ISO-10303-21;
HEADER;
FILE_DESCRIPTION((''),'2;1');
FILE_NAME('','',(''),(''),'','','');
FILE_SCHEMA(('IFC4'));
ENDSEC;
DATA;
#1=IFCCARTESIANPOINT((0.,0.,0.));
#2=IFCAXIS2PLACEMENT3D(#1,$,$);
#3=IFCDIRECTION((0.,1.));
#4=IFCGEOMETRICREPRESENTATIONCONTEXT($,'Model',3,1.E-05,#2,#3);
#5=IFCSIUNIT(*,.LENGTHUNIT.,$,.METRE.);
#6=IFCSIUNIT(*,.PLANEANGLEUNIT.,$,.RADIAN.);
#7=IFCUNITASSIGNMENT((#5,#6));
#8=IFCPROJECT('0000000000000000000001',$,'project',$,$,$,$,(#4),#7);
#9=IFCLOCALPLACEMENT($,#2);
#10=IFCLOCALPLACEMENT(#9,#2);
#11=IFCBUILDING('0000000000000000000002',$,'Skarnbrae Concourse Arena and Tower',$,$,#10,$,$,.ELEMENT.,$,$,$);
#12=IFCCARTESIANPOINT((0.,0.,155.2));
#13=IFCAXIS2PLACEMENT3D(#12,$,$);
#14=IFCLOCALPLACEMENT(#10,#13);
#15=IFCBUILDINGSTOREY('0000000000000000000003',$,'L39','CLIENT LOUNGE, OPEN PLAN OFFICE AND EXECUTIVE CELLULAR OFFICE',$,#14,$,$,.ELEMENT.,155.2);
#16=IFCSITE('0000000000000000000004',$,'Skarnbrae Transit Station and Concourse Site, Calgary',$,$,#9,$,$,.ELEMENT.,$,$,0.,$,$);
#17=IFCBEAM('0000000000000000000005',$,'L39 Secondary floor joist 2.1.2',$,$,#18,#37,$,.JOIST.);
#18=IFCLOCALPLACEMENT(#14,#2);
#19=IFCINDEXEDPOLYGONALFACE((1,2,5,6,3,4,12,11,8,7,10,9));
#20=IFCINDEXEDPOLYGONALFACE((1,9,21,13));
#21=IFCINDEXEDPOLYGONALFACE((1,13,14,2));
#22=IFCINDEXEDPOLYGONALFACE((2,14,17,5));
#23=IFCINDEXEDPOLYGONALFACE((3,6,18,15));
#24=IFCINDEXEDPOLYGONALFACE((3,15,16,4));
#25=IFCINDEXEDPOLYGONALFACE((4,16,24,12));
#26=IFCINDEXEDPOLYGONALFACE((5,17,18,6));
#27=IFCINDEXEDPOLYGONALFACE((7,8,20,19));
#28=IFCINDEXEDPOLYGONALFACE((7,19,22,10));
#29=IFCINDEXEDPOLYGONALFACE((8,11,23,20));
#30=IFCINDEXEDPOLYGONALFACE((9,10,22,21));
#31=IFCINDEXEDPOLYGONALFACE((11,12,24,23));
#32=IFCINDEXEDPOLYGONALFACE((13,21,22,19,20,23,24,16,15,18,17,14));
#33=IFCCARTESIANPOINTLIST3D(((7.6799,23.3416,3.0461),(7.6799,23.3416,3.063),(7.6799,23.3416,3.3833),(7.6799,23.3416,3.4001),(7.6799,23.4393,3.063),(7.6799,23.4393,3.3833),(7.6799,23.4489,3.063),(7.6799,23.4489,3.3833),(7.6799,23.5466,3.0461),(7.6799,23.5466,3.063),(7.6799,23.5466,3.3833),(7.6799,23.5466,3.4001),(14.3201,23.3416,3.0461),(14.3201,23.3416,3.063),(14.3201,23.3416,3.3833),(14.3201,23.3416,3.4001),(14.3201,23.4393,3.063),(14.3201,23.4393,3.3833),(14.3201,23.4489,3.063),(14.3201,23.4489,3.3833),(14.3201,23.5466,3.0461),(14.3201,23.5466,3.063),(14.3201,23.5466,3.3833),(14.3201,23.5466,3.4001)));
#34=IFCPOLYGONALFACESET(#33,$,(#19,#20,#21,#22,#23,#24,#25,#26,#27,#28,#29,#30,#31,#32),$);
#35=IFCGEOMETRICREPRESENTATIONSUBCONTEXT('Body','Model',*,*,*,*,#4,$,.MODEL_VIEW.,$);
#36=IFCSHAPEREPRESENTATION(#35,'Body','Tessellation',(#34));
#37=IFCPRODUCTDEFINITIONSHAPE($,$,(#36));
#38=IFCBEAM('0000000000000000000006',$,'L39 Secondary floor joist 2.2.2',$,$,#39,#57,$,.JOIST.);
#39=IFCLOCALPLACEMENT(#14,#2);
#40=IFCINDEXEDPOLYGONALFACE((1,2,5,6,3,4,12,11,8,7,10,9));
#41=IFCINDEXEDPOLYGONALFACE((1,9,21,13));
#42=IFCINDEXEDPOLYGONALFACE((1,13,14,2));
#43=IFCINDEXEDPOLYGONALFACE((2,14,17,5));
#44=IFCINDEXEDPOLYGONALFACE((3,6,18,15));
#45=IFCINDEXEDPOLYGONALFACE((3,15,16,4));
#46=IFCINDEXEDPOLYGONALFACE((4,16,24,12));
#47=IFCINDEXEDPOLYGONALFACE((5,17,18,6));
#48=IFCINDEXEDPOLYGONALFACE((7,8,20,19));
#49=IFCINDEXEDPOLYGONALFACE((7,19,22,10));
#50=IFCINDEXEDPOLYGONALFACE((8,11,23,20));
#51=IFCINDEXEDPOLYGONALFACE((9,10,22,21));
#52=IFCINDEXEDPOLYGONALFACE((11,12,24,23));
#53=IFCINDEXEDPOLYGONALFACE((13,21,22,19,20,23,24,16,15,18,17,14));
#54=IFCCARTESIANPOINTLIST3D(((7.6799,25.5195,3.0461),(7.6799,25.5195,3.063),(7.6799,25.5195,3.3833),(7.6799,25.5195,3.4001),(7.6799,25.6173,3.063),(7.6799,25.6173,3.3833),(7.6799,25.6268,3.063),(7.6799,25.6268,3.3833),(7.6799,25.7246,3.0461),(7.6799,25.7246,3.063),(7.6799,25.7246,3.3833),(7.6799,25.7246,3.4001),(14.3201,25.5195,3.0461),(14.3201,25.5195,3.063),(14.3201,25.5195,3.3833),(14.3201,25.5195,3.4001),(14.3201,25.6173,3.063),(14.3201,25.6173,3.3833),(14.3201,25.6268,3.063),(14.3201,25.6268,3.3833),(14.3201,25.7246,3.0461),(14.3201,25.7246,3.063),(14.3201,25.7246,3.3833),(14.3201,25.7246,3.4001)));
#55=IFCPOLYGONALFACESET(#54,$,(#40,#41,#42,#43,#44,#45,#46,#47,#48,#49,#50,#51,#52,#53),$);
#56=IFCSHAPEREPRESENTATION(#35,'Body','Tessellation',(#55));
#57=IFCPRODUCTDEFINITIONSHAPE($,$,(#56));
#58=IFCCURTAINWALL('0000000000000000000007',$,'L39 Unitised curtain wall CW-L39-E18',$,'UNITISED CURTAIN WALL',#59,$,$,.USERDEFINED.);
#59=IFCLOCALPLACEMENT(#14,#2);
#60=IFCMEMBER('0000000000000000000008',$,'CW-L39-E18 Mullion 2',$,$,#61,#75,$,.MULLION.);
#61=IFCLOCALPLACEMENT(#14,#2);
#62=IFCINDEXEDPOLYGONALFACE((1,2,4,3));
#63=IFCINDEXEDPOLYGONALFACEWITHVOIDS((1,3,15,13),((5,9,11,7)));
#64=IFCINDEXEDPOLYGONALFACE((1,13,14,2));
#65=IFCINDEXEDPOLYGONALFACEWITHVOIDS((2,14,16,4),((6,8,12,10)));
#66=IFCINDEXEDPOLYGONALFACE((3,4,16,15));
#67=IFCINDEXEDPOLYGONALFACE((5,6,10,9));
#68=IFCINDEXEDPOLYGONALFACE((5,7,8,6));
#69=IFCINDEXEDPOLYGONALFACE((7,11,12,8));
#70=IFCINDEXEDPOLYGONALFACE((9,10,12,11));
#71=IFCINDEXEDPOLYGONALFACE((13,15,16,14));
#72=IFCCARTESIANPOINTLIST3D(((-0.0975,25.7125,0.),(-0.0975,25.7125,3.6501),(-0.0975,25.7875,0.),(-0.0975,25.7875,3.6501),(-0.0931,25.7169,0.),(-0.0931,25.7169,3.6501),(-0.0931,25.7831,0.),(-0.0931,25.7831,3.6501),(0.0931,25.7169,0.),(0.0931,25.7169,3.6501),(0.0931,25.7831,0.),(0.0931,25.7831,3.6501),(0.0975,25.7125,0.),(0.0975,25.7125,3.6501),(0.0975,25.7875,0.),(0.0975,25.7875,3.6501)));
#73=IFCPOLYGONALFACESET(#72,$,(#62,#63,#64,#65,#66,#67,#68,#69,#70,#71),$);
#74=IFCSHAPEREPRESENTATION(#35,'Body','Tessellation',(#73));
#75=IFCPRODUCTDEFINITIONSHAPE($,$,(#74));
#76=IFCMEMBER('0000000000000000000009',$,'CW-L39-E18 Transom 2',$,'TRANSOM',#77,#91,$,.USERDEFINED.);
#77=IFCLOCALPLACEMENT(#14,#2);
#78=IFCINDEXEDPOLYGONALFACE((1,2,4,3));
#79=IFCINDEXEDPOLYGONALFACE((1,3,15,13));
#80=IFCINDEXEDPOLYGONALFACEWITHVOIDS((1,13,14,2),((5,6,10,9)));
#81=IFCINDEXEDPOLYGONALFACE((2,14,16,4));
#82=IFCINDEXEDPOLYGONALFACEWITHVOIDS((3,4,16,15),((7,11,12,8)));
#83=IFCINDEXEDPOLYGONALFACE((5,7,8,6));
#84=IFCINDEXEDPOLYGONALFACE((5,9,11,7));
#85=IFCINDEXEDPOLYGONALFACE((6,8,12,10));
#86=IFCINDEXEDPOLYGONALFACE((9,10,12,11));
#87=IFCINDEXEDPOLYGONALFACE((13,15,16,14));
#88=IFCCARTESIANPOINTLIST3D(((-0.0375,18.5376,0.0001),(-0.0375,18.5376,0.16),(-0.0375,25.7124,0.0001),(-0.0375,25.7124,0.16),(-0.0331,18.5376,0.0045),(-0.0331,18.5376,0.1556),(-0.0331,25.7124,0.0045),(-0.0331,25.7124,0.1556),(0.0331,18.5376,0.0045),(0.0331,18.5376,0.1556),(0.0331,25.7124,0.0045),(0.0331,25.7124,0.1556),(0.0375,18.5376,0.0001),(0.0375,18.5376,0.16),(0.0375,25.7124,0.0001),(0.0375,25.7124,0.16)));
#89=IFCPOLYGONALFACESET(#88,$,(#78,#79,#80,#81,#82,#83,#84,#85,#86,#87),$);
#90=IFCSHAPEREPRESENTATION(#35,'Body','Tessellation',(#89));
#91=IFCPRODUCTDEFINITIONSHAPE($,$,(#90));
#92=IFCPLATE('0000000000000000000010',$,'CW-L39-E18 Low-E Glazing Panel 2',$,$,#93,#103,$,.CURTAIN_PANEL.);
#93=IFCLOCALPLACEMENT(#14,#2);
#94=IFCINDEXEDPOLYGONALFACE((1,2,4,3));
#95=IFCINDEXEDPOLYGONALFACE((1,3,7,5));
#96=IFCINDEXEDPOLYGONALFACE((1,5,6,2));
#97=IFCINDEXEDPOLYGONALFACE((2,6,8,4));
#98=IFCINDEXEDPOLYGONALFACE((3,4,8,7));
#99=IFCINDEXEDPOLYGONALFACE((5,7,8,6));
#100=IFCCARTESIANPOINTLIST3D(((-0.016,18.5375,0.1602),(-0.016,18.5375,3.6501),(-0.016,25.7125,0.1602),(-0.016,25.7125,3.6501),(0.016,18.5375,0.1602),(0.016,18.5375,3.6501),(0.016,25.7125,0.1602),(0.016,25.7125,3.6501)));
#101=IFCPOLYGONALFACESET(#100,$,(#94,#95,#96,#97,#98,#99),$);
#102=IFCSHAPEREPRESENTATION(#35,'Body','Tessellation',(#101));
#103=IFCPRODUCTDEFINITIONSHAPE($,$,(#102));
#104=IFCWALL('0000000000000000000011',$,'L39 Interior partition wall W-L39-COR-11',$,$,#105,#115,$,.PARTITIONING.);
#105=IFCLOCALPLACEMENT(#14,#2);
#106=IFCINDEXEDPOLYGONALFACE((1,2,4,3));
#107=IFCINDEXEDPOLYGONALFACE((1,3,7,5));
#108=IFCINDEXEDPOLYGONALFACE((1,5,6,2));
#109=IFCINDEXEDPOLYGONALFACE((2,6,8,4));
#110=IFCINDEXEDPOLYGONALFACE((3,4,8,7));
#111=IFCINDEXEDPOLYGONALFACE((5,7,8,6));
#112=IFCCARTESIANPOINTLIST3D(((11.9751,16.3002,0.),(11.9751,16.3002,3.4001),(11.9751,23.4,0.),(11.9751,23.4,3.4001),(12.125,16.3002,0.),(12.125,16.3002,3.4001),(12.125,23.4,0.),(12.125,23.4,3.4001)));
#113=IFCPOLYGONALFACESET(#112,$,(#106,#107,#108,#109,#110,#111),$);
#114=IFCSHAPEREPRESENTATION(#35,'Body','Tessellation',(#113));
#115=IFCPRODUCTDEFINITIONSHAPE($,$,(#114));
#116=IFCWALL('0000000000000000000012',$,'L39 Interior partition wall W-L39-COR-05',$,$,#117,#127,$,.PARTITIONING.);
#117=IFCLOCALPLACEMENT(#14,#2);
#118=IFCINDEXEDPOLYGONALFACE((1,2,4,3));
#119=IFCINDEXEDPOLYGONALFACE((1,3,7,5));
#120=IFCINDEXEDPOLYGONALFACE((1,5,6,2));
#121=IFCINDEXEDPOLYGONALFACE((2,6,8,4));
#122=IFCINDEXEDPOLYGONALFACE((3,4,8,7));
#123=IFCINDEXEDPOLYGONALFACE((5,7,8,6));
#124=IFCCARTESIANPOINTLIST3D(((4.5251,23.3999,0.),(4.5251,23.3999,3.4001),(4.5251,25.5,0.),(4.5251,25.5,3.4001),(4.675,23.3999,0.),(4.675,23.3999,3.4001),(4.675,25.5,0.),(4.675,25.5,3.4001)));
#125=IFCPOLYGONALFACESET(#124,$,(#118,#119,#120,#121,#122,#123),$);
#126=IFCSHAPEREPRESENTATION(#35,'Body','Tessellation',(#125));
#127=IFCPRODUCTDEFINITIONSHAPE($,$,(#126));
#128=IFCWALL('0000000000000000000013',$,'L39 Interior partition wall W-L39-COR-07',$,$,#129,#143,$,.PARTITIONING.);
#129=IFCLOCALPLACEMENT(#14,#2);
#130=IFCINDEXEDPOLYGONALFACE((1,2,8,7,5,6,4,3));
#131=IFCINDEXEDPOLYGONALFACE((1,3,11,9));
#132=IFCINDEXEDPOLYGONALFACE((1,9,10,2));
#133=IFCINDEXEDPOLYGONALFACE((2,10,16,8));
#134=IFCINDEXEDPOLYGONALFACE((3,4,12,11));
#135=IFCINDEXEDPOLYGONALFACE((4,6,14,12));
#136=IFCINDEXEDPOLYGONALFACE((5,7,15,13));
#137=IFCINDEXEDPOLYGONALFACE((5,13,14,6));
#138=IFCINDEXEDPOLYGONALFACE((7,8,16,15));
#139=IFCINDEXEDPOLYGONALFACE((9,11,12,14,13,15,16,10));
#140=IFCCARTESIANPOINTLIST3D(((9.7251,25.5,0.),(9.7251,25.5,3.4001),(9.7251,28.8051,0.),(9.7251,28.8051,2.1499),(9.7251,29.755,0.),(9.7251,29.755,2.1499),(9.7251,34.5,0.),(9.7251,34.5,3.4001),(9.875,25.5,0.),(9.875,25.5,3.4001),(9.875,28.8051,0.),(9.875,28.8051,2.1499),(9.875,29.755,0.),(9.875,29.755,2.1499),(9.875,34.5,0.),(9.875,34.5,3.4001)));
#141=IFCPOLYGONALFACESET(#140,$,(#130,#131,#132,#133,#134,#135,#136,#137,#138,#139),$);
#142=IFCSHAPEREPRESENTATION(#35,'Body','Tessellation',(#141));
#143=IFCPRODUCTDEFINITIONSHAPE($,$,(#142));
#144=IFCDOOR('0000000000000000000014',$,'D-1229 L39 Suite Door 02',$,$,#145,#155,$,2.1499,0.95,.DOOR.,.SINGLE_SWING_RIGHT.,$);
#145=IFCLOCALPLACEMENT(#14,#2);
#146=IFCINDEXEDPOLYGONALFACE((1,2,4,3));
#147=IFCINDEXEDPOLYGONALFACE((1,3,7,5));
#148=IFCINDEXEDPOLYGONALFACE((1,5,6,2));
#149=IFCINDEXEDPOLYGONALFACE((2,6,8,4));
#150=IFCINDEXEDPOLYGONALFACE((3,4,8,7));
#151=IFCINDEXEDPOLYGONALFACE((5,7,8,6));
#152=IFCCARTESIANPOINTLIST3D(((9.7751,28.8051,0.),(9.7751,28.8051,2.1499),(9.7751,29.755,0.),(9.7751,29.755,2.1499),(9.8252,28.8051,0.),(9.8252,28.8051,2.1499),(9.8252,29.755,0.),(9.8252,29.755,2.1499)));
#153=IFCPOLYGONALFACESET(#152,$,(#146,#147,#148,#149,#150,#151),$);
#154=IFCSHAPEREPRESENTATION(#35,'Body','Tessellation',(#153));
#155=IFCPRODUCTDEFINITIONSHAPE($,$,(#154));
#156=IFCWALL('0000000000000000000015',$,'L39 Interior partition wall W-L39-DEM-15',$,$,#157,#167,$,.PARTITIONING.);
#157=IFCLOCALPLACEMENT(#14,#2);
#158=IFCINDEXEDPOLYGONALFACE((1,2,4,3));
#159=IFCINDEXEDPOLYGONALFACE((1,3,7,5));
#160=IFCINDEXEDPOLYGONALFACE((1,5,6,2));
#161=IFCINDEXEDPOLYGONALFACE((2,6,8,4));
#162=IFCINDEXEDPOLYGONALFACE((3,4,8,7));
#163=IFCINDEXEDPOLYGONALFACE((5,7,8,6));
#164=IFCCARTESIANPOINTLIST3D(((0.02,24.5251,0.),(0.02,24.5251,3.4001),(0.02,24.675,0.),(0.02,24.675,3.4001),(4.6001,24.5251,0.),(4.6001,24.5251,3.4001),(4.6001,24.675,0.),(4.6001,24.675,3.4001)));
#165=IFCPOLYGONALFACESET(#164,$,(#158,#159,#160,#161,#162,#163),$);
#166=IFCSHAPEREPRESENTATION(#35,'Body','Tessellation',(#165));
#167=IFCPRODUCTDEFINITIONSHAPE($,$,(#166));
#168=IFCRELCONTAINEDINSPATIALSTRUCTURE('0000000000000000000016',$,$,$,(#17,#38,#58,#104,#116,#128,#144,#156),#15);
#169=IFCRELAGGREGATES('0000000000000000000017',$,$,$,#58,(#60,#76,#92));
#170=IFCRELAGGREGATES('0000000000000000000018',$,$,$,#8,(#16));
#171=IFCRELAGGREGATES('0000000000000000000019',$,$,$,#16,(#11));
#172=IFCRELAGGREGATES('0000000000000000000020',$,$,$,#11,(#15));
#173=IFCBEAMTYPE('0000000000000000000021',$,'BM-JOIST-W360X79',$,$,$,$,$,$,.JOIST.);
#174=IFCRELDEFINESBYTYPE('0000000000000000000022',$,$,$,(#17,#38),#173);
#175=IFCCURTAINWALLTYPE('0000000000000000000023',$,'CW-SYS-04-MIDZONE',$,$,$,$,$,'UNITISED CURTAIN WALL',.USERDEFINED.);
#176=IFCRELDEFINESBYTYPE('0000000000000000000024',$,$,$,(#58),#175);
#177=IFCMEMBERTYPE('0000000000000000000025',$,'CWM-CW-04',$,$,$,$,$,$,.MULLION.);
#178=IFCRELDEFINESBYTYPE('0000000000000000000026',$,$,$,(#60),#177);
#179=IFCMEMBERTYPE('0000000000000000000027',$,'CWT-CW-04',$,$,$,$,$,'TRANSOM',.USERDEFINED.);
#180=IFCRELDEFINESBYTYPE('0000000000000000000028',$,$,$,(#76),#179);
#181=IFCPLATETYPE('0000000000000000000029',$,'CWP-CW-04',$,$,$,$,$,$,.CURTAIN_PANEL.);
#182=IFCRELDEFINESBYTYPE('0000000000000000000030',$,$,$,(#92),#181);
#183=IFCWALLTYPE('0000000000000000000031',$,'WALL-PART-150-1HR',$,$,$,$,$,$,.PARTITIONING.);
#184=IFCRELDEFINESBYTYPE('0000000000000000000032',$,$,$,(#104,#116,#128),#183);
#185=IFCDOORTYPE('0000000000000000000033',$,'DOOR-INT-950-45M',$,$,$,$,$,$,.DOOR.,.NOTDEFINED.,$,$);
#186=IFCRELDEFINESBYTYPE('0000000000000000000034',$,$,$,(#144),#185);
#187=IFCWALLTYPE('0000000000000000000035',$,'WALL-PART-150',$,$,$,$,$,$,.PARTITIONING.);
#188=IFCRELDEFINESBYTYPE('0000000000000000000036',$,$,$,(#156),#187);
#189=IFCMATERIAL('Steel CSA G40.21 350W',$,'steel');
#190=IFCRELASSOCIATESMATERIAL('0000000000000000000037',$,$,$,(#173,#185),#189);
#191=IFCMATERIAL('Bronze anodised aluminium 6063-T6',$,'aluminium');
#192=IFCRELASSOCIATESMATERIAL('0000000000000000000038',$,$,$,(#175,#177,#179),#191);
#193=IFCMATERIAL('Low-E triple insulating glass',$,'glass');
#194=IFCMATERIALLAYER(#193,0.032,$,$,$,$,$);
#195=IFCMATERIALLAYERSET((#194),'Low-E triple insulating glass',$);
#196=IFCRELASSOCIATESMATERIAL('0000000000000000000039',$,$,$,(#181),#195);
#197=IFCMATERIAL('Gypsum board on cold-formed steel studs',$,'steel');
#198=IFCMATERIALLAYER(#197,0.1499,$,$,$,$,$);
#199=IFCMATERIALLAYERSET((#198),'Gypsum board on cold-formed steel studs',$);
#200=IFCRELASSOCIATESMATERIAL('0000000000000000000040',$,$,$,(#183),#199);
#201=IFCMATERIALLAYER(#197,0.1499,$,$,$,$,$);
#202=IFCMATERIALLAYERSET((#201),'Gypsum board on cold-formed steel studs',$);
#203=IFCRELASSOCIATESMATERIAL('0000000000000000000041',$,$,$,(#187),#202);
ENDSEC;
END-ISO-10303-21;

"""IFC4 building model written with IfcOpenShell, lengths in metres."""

from ifc_helpers import new_model, si_unit, direction, frame, frame_2d, origin, origin_2d, place, context, subcontext, project, spatial, rectangle, hollow_rectangle, i_section, extrude, source, transform, mapped, material, layer, layer_set, material_profile, profile_set, type_object, element, fill, aggregate, save


model = new_model("IFC4")

# Units and contexts
model_context = context("Model", 3, precision=1e-05, world=origin(), true_north=direction((0.0, 1.0)))
body_context = subcontext(model_context, "Body", "Model", "MODEL_VIEW")
ifc_project = project(units=[si_unit("LENGTHUNIT", "METRE"), si_unit("PLANEANGLEUNIT", "RADIAN")], contexts=[model_context])

# Site, building, storey
site_placement = place(None, origin())
site = spatial("IfcSite", under=ifc_project, at=site_placement, Name="Skarnbrae Transit Station and Concourse Site, Calgary", CompositionType="ELEMENT", RefElevation=0.0)
building_placement = place(site_placement, origin())
building = spatial("IfcBuilding", under=site, at=building_placement, Name="Skarnbrae Concourse Arena and Tower", CompositionType="ELEMENT")
storey_placement = place(building_placement, frame((0.0, 0.0, 155.2)))
storey = spatial("IfcBuildingStorey", under=building, at=storey_placement, Name="L39", Description="CLIENT LOUNGE, OPEN PLAN OFFICE AND EXECUTIVE CELLULAR OFFICE", CompositionType="ELEMENT", Elevation=155.2)

# Shared definitions
ifc_material_1 = material(Name="Steel CSA G40.21 350W", Category="steel")

# Beams
ifc_material_profile_1 = material_profile(ifc_material_1, i_section(OverallWidth=0.2051, OverallDepth=0.354, WebThickness=0.0095, FlangeThickness=0.0168, at=origin_2d()), Name="W360X79")
ifc_profile_set_1 = profile_set([ifc_material_profile_1], Name="Steel CSA G40.21 350W")
beam_type_1 = type_object("IfcBeamType", Name="BM-JOIST-W360X79", PredefinedType="JOIST", material=ifc_profile_set_1)
shared_shape_1 = source(origin(), body_context, "Body", "SweptSolid", [
    extrude(i_section(OverallWidth=0.2051, OverallDepth=0.354, WebThickness=0.0095, FlangeThickness=0.0168, at=origin_2d()), origin(), (0.0, 0.0, 1.0), 6.6401),
])
for number, where, z_axis, x_axis, name in (
    (1, (7.6799, 23.4441, 3.2231), (1.0, 0.0, 0.0), (0.0, 1.0, 0.0), "L39 Secondary floor joist 2.1.2"),
    (2, (7.6799, 25.6221, 3.2231), (1.0, 0.0, 0.0), (0.0, 1.0, 0.0), "L39 Secondary floor joist 2.2.2"),
):
    element("IfcBeam", number, at=place(storey_placement, frame(where, z_axis=z_axis, x_axis=x_axis)), inside=storey, type_object=beam_type_1, Name=name, PredefinedType="JOIST", context=body_context, shape_type="MappedRepresentation", body=[
        mapped(shared_shape_1, transform((0.0, 0.0, 0.0))),
    ])

# Curtain wall, members, plate
ifc_material_2 = material(Name="Bronze anodised aluminium 6063-T6", Category="aluminium")
curtain_wall_type = type_object("IfcCurtainWallType", Name="CW-SYS-04-MIDZONE", ElementType="UNITISED CURTAIN WALL", PredefinedType="USERDEFINED", material=ifc_material_2)
curtain_wall_placement = place(storey_placement, origin())
curtain_wall = element("IfcCurtainWall", 3, at=curtain_wall_placement, inside=storey, type_object=curtain_wall_type, Name="L39 Unitised curtain wall CW-L39-E18", ObjectType="UNITISED CURTAIN WALL", PredefinedType="USERDEFINED")
ifc_material_profile_2 = material_profile(ifc_material_2, hollow_rectangle(XDim=0.075, YDim=0.1951, WallThickness=0.0044, at=origin_2d()), Name="ALU-MULL-75X195")
ifc_profile_set_2 = profile_set([ifc_material_profile_2], Name="Bronze anodised aluminium 6063-T6")
member_type_1 = type_object("IfcMemberType", Name="CWM-CW-04", PredefinedType="MULLION", material=ifc_profile_set_2)
shared_shape_2 = source(origin(), body_context, "Body", "SweptSolid", [
    extrude(hollow_rectangle(XDim=0.075, YDim=0.1951, WallThickness=0.0044, at=origin_2d()), origin(), (0.0, 0.0, 1.0), 3.6501),
])
member_1_placement = place(storey_placement, frame((0.0, 25.75, 0.0), z_axis=(0.0, 0.0, 1.0), x_axis=(0.0, -1.0, 0.0)))
member_1 = element("IfcMember", 4, at=member_1_placement, type_object=member_type_1, Name="CW-L39-E18 Mullion 2", PredefinedType="MULLION", context=body_context, shape_type="MappedRepresentation", body=[
    mapped(shared_shape_2, transform((0.0, 0.0, 0.0))),
])
ifc_material_profile_3 = material_profile(ifc_material_2, hollow_rectangle(XDim=0.075, YDim=0.1599, WallThickness=0.0044, at=origin_2d()), Name="ALU-TRAN-75X160")
ifc_profile_set_3 = profile_set([ifc_material_profile_3], Name="Bronze anodised aluminium 6063-T6")
member_type_2 = type_object("IfcMemberType", Name="CWT-CW-04", ElementType="TRANSOM", PredefinedType="USERDEFINED", material=ifc_profile_set_3)
shared_shape_3 = source(origin(), body_context, "Body", "SweptSolid", [
    extrude(hollow_rectangle(XDim=0.075, YDim=0.1599, WallThickness=0.0044, at=origin_2d()), origin(), (0.0, 0.0, 1.0), 7.1748),
])
member_2_placement = place(storey_placement, frame((0.0, 25.7124, 0.0801), z_axis=(0.0, -1.0, 0.0), x_axis=(1.0, 0.0, 0.0)))
member_2 = element("IfcMember", 5, at=member_2_placement, type_object=member_type_2, Name="CW-L39-E18 Transom 2", ObjectType="TRANSOM", PredefinedType="USERDEFINED", context=body_context, shape_type="MappedRepresentation", body=[
    mapped(shared_shape_3, transform((0.0, 0.0, 0.0))),
])
ifc_material_3 = material(Name="Low-E triple insulating glass", Category="glass")
ifc_layer_1 = layer(ifc_material_3, 0.032)
ifc_layer_set_1 = layer_set([ifc_layer_1], Name="Low-E triple insulating glass")
plate_type = type_object("IfcPlateType", Name="CWP-CW-04", PredefinedType="CURTAIN_PANEL", material=ifc_layer_set_1)
shared_shape_4 = source(origin(), body_context, "Body", "SweptSolid", [
    extrude(rectangle(XDim=7.175, YDim=0.032, at=origin_2d()), origin(), (0.0, 0.0, 1.0), 3.49),
])
plate_placement = place(storey_placement, frame((0.0, 22.125, 0.1602), z_axis=(0.0, 0.0, 1.0), x_axis=(0.0, -1.0, 0.0)))
plate = element("IfcPlate", 6, at=plate_placement, type_object=plate_type, Name="CW-L39-E18 Low-E Glazing Panel 2", PredefinedType="CURTAIN_PANEL", context=body_context, shape_type="MappedRepresentation", body=[
    mapped(shared_shape_4, transform((0.0, 0.0, 0.0))),
])
aggregate(curtain_wall, [member_1, member_2, plate])

# Walls
ifc_material_4 = material(Name="Gypsum board on cold-formed steel studs", Category="steel")
ifc_layer_2 = layer(ifc_material_4, 0.1499)
ifc_layer_set_2 = layer_set([ifc_layer_2], Name="Gypsum board on cold-formed steel studs")
wall_type_1 = type_object("IfcWallType", Name="WALL-PART-150-1HR", PredefinedType="PARTITIONING", material=ifc_layer_set_2)
shared_shape_5 = source(origin(), body_context, "Body", "SweptSolid", [
    extrude(rectangle(XDim=7.0999, YDim=0.1499, at=frame_2d((3.5498, 0.0))), origin(), (0.0, 0.0, 1.0), 3.4001),
])
wall_1_placement = place(storey_placement, frame((12.05, 23.3999, 0.0), z_axis=(0.0, 0.0, 1.0), x_axis=(0.0, -1.0, 0.0)))
element("IfcWall", 7, at=wall_1_placement, inside=storey, type_object=wall_type_1, Name="L39 Interior partition wall W-L39-COR-11", PredefinedType="PARTITIONING", context=body_context, shape_type="MappedRepresentation", body=[
    mapped(shared_shape_5, transform((0.0, 0.0, 0.0))),
])
shared_shape_6 = source(origin(), body_context, "Body", "SweptSolid", [
    extrude(rectangle(XDim=2.1001, YDim=0.1499, at=frame_2d((1.05, 0.0))), origin(), (0.0, 0.0, 1.0), 3.4001),
])
wall_2_placement = place(storey_placement, frame((4.6001, 23.3999, 0.0), z_axis=(0.0, 0.0, 1.0), x_axis=(0.0, 1.0, 0.0)))
element("IfcWall", 8, at=wall_2_placement, inside=storey, type_object=wall_type_1, Name="L39 Interior partition wall W-L39-COR-05", PredefinedType="PARTITIONING", context=body_context, shape_type="MappedRepresentation", body=[
    mapped(shared_shape_6, transform((0.0, 0.0, 0.0))),
])

# Wall, opening, door
shared_shape_7 = source(origin(), body_context, "Body", "SweptSolid", [
    extrude(rectangle(XDim=9.0, YDim=0.1499, at=frame_2d((4.5, 0.0))), origin(), (0.0, 0.0, 1.0), 3.4001),
])
wall_3_placement = place(storey_placement, frame((9.8, 25.5, 0.0), z_axis=(0.0, 0.0, 1.0), x_axis=(0.0, 1.0, 0.0)))
wall_3 = element("IfcWall", 9, at=wall_3_placement, inside=storey, type_object=wall_type_1, Name="L39 Interior partition wall W-L39-COR-07", PredefinedType="PARTITIONING", context=body_context, shape_type="MappedRepresentation", body=[
    mapped(shared_shape_7, transform((0.0, 0.0, 0.0))),
])
opening_placement = place(wall_3_placement, frame((3.3049, 0.0, 0.0)))
opening = element("IfcOpeningElement", 10, at=opening_placement, cuts=wall_3, PredefinedType="OPENING", context=body_context, shape_type="SweptSolid", body=[
    extrude(rectangle(XDim=0.95, YDim=2.1499, at=frame_2d((0.4751, 1.075))), frame((0.0, 0.085, 0.0), z_axis=(0.0, -1.0, 0.0), x_axis=(1.0, 0.0, 0.0)), (0.0, 0.0, 1.0), 0.1699),
])
door_type = type_object("IfcDoorType", Name="DOOR-INT-950-45M", OperationType="NOTDEFINED", PredefinedType="DOOR", material=ifc_material_1)
shared_shape_8 = source(origin(), body_context, "Body", "SweptSolid", [
    extrude(rectangle(XDim=0.95, YDim=2.1499, at=frame_2d((0.4751, 1.075))), frame((0.0, 0.0249, 0.0), z_axis=(0.0, -1.0, 0.0), x_axis=(1.0, 0.0, 0.0)), (0.0, 0.0, 1.0), 0.05),
])
door_placement = place(opening_placement, origin())
door = element("IfcDoor", 11, at=door_placement, inside=storey, type_object=door_type, Name="D-1229 L39 Suite Door 02", OperationType="SINGLE_SWING_RIGHT", OverallHeight=2.1499, OverallWidth=0.95, PredefinedType="DOOR", context=body_context, shape_type="MappedRepresentation", body=[
    mapped(shared_shape_8, transform((0.0, 0.0, 0.0))),
])
fill(opening, door)

# Wall
ifc_layer_3 = layer(ifc_material_4, 0.1499)
ifc_layer_set_3 = layer_set([ifc_layer_3], Name="Gypsum board on cold-formed steel studs")
wall_type_2 = type_object("IfcWallType", Name="WALL-PART-150", PredefinedType="PARTITIONING", material=ifc_layer_set_3)
shared_shape_9 = source(origin(), body_context, "Body", "SweptSolid", [
    extrude(rectangle(XDim=4.5801, YDim=0.1499, at=frame_2d((2.29, 0.0))), origin(), (0.0, 0.0, 1.0), 3.4001),
])
wall_4_placement = place(storey_placement, frame((0.02, 24.6001, 0.0), z_axis=(0.0, 0.0, 1.0), x_axis=(1.0, 0.0, 0.0)))
element("IfcWall", 12, at=wall_4_placement, inside=storey, type_object=wall_type_2, Name="L39 Interior partition wall W-L39-DEM-15", PredefinedType="PARTITIONING", context=body_context, shape_type="MappedRepresentation", body=[
    mapped(shared_shape_9, transform((0.0, 0.0, 0.0))),
])

save(model, "model.ifc")
